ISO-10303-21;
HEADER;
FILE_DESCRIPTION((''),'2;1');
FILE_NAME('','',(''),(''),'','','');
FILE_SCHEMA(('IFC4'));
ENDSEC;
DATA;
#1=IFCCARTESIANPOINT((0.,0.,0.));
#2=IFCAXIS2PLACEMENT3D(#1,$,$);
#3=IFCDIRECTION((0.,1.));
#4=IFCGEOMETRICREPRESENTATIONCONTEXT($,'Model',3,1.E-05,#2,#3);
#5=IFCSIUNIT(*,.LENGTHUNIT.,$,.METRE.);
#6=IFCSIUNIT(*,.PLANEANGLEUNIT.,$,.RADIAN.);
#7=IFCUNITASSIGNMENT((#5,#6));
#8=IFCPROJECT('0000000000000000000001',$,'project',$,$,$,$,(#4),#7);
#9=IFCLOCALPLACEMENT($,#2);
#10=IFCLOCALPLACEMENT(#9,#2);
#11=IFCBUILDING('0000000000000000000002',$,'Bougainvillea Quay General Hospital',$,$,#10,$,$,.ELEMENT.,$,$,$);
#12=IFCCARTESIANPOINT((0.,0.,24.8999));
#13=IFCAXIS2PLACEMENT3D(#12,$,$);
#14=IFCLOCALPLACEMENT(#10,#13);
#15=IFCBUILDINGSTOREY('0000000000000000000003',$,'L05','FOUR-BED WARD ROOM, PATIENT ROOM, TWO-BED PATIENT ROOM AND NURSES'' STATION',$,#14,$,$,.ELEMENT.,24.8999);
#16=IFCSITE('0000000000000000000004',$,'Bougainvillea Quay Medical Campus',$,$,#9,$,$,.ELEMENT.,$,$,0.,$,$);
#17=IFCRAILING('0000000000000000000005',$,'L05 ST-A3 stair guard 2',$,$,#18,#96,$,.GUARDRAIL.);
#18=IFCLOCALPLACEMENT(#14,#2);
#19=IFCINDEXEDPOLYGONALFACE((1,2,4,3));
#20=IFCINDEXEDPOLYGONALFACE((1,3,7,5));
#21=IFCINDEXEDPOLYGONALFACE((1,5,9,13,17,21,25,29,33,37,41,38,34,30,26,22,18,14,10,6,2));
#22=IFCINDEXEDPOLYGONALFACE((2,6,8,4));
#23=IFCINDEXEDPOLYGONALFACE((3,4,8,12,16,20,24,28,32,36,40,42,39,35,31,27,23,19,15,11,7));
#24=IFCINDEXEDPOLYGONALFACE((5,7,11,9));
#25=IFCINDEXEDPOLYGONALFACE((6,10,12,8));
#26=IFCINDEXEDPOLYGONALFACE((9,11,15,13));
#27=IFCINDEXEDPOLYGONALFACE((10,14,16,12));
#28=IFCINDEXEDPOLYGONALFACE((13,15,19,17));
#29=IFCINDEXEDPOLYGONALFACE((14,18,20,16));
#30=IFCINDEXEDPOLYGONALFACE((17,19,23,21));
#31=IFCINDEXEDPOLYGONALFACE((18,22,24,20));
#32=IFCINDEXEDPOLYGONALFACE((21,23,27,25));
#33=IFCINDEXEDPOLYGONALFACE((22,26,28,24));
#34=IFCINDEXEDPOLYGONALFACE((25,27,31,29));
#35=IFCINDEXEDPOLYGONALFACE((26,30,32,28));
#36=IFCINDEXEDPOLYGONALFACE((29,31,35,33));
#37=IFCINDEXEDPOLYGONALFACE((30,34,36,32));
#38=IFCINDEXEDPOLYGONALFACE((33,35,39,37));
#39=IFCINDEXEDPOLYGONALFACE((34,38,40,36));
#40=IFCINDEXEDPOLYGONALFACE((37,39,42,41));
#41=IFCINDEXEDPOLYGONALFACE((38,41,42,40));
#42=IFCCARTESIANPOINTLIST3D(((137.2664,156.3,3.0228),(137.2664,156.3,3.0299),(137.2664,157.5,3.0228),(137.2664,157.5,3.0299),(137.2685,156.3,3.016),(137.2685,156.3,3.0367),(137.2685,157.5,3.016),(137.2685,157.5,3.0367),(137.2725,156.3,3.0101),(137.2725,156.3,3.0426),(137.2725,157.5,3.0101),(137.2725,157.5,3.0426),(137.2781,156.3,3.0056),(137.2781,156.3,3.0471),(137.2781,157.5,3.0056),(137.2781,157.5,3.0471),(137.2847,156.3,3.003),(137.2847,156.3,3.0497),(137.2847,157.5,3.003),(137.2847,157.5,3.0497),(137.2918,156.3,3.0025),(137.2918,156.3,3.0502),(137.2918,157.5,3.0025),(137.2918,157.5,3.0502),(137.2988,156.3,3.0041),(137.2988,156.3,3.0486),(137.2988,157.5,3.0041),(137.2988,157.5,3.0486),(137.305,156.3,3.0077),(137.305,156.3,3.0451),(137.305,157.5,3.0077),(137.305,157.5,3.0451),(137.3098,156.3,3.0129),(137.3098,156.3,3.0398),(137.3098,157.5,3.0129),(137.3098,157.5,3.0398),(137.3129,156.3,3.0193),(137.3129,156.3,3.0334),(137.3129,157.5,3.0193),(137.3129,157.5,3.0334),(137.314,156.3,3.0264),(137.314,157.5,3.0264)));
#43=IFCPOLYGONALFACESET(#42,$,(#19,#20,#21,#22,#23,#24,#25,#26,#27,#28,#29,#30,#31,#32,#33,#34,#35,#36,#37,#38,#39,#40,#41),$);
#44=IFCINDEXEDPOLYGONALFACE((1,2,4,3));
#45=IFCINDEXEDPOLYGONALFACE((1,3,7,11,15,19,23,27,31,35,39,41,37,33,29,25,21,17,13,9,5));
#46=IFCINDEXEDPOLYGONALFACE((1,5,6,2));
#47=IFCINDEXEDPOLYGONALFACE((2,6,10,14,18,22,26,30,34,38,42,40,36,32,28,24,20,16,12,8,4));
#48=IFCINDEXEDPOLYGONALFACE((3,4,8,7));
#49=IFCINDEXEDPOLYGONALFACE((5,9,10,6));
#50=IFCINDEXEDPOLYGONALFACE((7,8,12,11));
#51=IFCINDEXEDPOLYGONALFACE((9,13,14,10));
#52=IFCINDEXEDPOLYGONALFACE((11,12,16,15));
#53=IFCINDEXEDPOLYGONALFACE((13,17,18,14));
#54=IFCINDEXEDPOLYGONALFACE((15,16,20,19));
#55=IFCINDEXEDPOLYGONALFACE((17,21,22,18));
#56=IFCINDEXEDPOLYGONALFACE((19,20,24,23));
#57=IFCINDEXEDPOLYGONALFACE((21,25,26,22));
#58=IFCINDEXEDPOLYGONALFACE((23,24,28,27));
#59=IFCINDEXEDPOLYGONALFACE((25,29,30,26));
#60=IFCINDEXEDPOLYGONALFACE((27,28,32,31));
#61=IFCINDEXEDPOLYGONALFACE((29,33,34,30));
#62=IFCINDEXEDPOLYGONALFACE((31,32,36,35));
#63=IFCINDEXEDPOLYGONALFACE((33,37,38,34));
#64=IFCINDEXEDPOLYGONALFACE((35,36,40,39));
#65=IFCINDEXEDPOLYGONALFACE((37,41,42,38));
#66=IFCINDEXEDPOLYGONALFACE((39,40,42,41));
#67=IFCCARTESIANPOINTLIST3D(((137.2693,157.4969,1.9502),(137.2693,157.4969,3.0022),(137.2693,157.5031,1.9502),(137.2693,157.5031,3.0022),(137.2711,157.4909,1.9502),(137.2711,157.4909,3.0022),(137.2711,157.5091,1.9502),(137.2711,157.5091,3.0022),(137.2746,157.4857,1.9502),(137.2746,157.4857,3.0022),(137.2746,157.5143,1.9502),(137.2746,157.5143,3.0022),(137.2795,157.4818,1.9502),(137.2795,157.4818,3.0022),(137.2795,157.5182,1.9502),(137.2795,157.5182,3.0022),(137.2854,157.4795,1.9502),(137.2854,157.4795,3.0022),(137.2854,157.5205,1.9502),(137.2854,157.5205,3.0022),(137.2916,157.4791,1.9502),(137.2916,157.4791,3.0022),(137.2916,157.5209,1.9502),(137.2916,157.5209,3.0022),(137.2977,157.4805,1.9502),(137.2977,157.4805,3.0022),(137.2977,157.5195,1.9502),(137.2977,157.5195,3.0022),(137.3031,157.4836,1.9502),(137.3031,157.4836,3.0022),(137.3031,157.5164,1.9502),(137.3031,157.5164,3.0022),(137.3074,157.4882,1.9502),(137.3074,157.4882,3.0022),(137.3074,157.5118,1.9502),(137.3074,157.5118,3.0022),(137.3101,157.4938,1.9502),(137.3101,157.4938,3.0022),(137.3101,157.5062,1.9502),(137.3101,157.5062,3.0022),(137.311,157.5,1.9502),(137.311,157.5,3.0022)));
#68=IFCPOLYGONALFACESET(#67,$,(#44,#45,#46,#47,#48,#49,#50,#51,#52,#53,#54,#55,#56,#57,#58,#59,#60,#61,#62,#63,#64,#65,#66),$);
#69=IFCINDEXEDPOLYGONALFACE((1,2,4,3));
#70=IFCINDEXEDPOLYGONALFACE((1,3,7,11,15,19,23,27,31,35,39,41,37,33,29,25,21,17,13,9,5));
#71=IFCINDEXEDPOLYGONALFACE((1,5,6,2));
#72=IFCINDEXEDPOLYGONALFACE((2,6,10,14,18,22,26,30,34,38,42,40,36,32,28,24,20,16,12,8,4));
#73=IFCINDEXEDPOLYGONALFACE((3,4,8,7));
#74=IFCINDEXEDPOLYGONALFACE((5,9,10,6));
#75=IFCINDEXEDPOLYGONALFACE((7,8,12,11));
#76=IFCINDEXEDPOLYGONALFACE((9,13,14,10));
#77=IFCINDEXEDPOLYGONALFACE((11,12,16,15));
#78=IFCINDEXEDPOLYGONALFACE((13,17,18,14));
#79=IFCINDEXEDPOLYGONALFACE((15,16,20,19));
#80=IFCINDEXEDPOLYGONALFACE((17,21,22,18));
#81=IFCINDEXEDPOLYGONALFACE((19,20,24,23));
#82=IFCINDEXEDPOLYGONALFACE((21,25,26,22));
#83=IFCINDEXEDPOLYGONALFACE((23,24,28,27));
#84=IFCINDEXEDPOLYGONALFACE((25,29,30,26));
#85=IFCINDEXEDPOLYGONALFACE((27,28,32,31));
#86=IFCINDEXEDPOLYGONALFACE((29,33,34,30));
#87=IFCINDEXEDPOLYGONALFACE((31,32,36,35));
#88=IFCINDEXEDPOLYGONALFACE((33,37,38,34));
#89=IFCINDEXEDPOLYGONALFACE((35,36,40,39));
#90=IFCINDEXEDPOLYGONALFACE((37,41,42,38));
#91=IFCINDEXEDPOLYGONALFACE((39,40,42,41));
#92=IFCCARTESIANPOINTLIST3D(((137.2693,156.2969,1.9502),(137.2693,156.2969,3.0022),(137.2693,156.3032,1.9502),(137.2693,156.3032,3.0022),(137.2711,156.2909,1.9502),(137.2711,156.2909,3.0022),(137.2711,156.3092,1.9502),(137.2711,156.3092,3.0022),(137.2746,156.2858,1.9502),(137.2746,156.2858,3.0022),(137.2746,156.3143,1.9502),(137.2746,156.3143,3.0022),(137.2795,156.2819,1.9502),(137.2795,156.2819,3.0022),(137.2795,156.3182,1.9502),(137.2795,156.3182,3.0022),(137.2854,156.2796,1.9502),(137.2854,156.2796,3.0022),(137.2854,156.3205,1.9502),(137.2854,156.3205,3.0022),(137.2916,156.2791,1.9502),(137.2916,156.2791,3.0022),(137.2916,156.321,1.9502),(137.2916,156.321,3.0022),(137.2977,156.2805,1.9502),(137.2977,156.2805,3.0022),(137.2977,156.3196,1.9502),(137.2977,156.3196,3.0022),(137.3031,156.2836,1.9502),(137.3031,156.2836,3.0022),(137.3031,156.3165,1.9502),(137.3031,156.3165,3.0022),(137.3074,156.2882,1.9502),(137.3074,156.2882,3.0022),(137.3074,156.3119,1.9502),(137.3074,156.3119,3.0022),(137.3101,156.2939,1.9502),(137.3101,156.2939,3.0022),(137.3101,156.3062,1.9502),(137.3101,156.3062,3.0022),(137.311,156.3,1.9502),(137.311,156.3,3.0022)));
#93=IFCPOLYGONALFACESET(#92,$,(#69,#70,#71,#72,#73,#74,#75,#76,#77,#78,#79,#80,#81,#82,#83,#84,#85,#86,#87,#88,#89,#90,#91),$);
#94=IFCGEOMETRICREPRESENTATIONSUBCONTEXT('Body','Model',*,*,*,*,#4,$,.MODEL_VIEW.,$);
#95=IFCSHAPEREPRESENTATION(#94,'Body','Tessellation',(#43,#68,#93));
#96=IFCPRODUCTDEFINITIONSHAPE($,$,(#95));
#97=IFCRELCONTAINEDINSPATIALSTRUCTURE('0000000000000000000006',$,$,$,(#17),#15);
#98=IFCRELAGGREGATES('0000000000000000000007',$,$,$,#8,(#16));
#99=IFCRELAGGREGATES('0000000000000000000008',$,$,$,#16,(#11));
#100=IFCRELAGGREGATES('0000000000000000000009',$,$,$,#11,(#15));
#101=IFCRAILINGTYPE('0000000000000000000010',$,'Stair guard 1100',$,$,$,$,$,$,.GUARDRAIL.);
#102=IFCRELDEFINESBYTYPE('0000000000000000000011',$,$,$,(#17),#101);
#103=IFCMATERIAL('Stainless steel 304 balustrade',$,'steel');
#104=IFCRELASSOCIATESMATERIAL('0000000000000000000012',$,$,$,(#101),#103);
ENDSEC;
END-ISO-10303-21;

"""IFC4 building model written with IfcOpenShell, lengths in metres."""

from ifc_helpers import new_model, si_unit, direction, frame, origin, origin_2d, place, context, subcontext, project, spatial, circle, extrude, material, type_object, element, save


model = new_model("IFC4")

# Units and contexts
model_context = context("Model", 3, precision=1e-05, world=origin(), true_north=direction((0.0, 1.0)))
body_context = subcontext(model_context, "Body", "Model", "MODEL_VIEW")
ifc_project = project(units=[si_unit("LENGTHUNIT", "METRE"), si_unit("PLANEANGLEUNIT", "RADIAN")], contexts=[model_context])

# Site, building, storey
site_placement = place(None, origin())
site = spatial("IfcSite", under=ifc_project, at=site_placement, Name="Bougainvillea Quay Medical Campus", CompositionType="ELEMENT", RefElevation=0.0)
building_placement = place(site_placement, origin())
building = spatial("IfcBuilding", under=site, at=building_placement, Name="Bougainvillea Quay General Hospital", CompositionType="ELEMENT")
storey_placement = place(building_placement, frame((0.0, 0.0, 24.8999)))
storey = spatial("IfcBuildingStorey", under=building, at=storey_placement, Name="L05", Description="FOUR-BED WARD ROOM, PATIENT ROOM, TWO-BED PATIENT ROOM AND NURSES' STATION", CompositionType="ELEMENT", Elevation=24.8999)

# Railing
ifc_material_1 = material(Name="Stainless steel 304 balustrade", Category="steel")
railing_type_1 = type_object("IfcRailingType", Name="Stair guard 1100", PredefinedType="GUARDRAIL", material=ifc_material_1)
railing_1_placement = place(storey_placement, frame((137.29, 157.5, 1.9502)))
element("IfcRailing", 1, at=railing_1_placement, inside=storey, type_object=railing_type_1, Name="L05 ST-A3 stair guard 2", PredefinedType="GUARDRAIL", context=body_context, shape_type="SweptSolid", body=[
    extrude(circle(Radius=0.0239, at=origin_2d()), frame((0.0, 0.0, 1.0762), z_axis=(0.0, -1.0, 0.0), x_axis=(1.0, 0.0, 0.0)), (0.0, 0.0, 1.0), 1.2),
    extrude(circle(Radius=0.021, at=origin_2d()), origin(), (0.0, 0.0, 1.0), 1.052),
    extrude(circle(Radius=0.021, at=origin_2d()), frame((0.0, -1.2, 0.0)), (0.0, 0.0, 1.0), 1.052),
])

save(model, "model.ifc")
